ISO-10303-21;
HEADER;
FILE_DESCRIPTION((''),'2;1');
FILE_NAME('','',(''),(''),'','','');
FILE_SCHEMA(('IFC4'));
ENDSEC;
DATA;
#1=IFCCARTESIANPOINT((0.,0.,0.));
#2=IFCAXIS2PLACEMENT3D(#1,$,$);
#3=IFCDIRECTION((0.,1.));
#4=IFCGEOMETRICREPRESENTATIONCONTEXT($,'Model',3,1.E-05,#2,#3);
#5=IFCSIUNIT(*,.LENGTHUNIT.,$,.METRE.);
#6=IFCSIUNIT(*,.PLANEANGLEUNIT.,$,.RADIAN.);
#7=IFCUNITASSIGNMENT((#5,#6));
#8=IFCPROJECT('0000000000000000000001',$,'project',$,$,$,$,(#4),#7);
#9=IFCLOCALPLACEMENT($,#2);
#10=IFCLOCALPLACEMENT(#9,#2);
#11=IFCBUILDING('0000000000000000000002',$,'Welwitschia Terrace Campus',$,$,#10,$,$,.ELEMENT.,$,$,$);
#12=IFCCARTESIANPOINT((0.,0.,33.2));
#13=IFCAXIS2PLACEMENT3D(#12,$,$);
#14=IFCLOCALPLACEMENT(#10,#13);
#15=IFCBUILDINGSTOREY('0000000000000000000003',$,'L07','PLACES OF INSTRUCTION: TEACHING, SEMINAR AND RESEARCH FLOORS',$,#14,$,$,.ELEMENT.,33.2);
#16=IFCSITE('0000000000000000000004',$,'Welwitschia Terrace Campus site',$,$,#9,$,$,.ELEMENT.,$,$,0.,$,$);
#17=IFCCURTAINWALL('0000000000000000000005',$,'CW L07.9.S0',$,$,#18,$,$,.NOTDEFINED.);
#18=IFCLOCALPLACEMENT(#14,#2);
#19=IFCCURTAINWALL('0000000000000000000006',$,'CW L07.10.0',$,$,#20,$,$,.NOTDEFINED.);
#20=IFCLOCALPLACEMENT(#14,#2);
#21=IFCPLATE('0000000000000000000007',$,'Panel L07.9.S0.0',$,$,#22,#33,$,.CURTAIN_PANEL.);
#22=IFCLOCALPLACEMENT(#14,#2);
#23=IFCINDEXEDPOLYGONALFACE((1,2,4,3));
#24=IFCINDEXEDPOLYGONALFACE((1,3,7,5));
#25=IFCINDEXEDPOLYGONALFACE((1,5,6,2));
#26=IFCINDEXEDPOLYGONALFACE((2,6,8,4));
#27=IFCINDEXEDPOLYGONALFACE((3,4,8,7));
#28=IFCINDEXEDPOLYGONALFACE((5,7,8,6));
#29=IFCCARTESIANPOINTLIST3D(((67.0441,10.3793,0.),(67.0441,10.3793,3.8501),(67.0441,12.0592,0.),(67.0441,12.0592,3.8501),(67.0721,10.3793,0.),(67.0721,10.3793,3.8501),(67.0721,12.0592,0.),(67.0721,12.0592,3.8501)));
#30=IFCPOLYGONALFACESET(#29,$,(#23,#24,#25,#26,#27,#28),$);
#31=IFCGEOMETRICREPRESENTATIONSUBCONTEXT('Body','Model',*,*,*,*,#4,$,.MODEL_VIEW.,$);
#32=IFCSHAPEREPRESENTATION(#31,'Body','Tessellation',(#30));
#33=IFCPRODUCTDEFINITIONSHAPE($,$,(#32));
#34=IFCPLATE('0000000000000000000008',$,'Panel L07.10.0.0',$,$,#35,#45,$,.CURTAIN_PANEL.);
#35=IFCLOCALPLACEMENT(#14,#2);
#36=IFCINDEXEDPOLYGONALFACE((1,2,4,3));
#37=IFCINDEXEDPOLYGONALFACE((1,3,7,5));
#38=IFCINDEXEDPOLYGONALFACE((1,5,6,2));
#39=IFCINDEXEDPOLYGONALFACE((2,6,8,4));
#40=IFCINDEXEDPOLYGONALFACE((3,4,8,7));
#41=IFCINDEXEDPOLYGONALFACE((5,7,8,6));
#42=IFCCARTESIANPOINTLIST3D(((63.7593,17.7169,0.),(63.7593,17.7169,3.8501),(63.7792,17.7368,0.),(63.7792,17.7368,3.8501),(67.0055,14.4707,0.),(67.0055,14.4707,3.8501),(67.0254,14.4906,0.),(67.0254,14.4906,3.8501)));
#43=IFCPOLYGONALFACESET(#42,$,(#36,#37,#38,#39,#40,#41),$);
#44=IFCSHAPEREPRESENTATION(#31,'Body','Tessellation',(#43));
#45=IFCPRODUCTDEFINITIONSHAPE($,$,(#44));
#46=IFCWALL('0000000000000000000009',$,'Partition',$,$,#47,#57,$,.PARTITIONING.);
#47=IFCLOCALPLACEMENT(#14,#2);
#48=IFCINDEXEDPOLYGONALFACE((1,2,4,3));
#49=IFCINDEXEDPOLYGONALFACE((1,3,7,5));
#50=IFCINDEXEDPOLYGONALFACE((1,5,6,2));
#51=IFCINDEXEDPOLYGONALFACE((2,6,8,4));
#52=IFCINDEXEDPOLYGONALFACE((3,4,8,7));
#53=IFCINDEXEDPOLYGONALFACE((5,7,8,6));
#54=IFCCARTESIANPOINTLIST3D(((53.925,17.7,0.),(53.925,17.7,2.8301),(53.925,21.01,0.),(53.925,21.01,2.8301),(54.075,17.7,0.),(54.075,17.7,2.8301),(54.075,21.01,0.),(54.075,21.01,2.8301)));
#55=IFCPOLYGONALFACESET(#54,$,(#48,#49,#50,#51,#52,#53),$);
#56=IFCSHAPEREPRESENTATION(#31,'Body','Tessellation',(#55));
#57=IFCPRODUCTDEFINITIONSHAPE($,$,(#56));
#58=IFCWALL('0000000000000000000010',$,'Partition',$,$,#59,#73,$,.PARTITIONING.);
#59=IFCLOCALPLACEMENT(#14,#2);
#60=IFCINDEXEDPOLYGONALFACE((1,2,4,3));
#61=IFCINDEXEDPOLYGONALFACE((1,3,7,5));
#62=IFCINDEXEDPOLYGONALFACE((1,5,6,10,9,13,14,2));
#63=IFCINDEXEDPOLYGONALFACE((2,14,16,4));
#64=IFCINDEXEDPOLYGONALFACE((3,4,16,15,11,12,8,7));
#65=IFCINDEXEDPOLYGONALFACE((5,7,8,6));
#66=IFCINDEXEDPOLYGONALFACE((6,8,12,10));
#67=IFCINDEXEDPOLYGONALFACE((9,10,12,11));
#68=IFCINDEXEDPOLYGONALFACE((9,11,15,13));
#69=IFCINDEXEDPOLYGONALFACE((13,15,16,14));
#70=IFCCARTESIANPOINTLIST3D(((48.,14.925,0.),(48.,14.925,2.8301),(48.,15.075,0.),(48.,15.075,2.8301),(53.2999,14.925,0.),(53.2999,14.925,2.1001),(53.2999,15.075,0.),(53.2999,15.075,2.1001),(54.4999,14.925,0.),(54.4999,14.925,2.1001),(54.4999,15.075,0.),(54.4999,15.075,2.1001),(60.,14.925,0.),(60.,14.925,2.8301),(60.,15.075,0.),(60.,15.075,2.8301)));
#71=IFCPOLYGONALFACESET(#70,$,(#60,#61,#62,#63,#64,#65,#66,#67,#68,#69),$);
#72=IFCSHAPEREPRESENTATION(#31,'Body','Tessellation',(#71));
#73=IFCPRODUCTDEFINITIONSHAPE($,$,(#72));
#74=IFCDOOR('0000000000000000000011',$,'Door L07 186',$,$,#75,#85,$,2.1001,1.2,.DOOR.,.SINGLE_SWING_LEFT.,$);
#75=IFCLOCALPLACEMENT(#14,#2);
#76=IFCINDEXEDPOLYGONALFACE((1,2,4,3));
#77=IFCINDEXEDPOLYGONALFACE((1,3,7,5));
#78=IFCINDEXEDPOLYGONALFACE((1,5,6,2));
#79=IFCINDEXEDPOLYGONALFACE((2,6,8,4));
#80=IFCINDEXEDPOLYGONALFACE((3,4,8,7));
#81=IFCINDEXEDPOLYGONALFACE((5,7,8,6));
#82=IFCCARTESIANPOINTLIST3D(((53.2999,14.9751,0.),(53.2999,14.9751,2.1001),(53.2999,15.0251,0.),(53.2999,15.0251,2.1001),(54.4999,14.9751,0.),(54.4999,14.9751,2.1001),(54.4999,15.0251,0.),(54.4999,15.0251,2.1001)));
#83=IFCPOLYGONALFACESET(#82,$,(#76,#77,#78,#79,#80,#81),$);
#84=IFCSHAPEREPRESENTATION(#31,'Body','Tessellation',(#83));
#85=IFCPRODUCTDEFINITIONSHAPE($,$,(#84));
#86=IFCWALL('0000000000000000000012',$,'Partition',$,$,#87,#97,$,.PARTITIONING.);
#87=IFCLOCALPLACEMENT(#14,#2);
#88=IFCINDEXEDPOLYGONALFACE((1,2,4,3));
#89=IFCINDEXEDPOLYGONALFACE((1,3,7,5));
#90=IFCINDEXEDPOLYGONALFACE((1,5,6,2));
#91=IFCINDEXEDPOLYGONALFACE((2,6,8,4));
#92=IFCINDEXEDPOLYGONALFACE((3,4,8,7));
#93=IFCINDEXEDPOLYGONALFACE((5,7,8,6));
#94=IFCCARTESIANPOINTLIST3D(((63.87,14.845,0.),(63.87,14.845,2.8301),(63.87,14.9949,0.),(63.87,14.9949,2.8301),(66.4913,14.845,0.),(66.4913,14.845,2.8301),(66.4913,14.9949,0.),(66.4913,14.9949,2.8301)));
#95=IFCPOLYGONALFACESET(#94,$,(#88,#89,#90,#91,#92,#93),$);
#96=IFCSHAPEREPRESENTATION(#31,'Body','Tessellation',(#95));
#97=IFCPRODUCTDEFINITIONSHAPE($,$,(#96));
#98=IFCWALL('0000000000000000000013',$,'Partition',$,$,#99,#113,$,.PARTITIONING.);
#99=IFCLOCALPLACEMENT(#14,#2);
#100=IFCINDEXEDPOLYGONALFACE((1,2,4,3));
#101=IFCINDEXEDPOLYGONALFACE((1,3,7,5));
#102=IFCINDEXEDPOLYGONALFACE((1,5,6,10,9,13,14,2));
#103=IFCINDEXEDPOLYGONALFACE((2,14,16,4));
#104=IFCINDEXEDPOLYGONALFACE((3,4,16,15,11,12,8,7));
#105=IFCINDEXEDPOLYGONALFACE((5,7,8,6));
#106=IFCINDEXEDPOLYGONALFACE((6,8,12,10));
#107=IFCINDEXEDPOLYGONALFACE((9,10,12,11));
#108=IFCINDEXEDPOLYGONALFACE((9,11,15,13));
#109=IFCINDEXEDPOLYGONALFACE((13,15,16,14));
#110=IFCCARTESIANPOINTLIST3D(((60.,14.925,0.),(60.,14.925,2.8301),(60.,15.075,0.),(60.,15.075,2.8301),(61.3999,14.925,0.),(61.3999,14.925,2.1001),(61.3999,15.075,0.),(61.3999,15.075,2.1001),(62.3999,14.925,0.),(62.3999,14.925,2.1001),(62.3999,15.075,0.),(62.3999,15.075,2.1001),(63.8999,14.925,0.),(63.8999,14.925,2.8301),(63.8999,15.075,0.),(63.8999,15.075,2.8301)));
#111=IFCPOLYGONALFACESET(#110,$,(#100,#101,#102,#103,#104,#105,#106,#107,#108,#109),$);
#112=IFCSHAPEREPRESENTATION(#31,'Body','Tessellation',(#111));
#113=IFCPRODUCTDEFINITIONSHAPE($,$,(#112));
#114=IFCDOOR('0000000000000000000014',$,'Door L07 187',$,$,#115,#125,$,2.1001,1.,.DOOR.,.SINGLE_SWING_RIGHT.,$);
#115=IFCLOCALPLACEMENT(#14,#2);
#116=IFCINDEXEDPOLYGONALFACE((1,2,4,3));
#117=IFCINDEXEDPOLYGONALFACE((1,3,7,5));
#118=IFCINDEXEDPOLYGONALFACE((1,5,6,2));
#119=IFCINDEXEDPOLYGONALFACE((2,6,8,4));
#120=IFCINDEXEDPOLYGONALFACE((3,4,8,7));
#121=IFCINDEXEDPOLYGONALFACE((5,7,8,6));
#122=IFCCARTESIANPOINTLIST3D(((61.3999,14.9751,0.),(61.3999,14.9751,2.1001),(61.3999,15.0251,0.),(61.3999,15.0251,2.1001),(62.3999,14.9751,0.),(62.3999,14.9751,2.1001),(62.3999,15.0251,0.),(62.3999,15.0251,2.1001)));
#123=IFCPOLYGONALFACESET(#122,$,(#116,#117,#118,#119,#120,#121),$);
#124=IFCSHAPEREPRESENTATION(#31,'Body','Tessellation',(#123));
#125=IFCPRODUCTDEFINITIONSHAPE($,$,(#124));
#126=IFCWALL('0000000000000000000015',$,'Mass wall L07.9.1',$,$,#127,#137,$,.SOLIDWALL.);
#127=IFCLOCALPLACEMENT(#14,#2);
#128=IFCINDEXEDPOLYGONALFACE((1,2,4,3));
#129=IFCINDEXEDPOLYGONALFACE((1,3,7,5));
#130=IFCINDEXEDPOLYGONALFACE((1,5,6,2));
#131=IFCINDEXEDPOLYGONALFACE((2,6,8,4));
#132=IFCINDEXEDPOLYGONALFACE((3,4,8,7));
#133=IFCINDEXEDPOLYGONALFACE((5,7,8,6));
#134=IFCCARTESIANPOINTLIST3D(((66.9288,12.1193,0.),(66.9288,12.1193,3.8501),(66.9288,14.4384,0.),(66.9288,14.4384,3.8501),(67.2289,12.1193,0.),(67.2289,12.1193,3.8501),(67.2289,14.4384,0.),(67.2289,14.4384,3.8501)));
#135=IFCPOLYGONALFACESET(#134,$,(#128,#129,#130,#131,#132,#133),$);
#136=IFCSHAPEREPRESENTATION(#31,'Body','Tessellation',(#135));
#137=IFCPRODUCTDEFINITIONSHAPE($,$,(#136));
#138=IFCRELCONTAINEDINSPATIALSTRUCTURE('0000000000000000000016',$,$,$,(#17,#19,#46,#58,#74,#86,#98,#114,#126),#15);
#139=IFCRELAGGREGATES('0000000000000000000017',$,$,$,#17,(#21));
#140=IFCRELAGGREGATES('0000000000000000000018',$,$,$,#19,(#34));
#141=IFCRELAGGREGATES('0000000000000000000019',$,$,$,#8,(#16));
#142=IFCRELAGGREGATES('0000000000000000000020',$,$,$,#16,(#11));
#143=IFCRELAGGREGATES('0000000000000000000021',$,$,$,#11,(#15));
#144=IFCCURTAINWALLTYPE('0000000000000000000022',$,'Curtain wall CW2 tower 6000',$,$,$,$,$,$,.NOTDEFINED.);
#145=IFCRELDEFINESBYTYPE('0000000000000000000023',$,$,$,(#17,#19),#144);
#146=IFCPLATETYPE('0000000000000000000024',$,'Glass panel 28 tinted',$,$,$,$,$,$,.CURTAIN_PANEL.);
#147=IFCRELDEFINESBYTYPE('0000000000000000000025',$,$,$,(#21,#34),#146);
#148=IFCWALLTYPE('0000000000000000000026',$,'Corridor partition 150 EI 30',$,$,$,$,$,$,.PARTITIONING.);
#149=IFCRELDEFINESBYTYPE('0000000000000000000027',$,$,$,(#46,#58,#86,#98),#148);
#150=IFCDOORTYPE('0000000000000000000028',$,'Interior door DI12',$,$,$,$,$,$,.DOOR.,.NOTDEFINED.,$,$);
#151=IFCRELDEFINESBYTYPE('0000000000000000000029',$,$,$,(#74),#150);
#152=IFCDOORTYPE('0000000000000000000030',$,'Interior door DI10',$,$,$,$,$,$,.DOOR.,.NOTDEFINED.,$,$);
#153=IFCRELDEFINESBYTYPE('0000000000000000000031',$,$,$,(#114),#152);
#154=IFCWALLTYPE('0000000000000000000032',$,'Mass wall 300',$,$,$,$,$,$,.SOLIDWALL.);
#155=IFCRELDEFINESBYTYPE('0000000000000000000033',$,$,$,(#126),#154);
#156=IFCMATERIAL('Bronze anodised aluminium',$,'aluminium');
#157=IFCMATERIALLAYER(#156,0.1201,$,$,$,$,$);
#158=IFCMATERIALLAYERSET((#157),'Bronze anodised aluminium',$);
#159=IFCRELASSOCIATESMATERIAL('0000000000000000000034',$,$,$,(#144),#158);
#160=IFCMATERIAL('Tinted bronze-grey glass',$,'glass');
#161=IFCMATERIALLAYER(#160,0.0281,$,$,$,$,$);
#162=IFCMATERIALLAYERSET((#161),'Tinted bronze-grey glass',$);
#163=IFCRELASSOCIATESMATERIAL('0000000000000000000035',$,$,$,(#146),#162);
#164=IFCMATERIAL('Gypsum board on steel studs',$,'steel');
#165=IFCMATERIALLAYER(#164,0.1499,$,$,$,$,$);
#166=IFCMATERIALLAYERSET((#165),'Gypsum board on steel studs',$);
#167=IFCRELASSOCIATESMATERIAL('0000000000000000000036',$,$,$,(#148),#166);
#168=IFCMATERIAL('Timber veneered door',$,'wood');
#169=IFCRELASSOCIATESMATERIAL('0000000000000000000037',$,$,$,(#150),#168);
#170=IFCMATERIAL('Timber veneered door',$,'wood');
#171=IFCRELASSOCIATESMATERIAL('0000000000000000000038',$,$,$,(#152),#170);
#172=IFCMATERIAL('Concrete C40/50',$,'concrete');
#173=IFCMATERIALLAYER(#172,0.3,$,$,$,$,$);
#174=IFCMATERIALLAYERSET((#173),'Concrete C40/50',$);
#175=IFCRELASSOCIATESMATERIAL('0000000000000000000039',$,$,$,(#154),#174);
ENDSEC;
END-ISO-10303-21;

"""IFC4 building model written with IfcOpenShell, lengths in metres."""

from ifc_helpers import new_model, si_unit, direction, frame, frame_2d, origin, origin_2d, place, context, subcontext, project, spatial, rectangle, extrude, material, layer, layer_set, type_object, element, fill, aggregate, save


model = new_model("IFC4")

# Units and contexts
model_context = context("Model", 3, precision=1e-05, world=origin(), true_north=direction((0.0, 1.0)))
body_context = subcontext(model_context, "Body", "Model", "MODEL_VIEW")
ifc_project = project(units=[si_unit("LENGTHUNIT", "METRE"), si_unit("PLANEANGLEUNIT", "RADIAN")], contexts=[model_context])

# Site, building, storey
site_placement = place(None, origin())
site = spatial("IfcSite", under=ifc_project, at=site_placement, Name="Welwitschia Terrace Campus site", CompositionType="ELEMENT", RefElevation=0.0)
building_placement = place(site_placement, origin())
building = spatial("IfcBuilding", under=site, at=building_placement, Name="Welwitschia Terrace Campus", CompositionType="ELEMENT")
storey_placement = place(building_placement, frame((0.0, 0.0, 33.2)))
storey = spatial("IfcBuildingStorey", under=building, at=storey_placement, Name="L07", Description="PLACES OF INSTRUCTION: TEACHING, SEMINAR AND RESEARCH FLOORS", CompositionType="ELEMENT", Elevation=33.2)

# Curtain wall
ifc_material_1 = material(Name="Bronze anodised aluminium", Category="aluminium")
ifc_layer_1 = layer(ifc_material_1, 0.1201)
ifc_layer_set_1 = layer_set([ifc_layer_1], Name="Bronze anodised aluminium")
curtain_wall_type = type_object("IfcCurtainWallType", Name="Curtain wall CW2 tower 6000", PredefinedType="NOTDEFINED", material=ifc_layer_set_1)
curtain_wall_1_placement = place(storey_placement, origin())
curtain_wall_1 = element("IfcCurtainWall", 1, at=curtain_wall_1_placement, inside=storey, type_object=curtain_wall_type, Name="CW L07.9.S0", PredefinedType="NOTDEFINED")

# Curtain wall
curtain_wall_2_placement = place(storey_placement, origin())
curtain_wall_2 = element("IfcCurtainWall", 2, at=curtain_wall_2_placement, inside=storey, type_object=curtain_wall_type, Name="CW L07.10.0", PredefinedType="NOTDEFINED")

# Plates
ifc_material_2 = material(Name="Tinted bronze-grey glass", Category="glass")
ifc_layer_2 = layer(ifc_material_2, 0.0281)
ifc_layer_set_2 = layer_set([ifc_layer_2], Name="Tinted bronze-grey glass")
plate_type = type_object("IfcPlateType", Name="Glass panel 28 tinted", PredefinedType="CURTAIN_PANEL", material=ifc_layer_set_2)
plate_1_placement = place(storey_placement, frame((67.0581, 11.2192, 0.0), z_axis=(0.0, 0.0, 1.0), x_axis=(0.0, 1.0, 0.0)))
plate_1 = element("IfcPlate", 3, at=plate_1_placement, type_object=plate_type, Name="Panel L07.9.S0.0", PredefinedType="CURTAIN_PANEL", context=body_context, shape_type="SweptSolid", body=[
    extrude(rectangle(XDim=1.6799, YDim=0.0281, at=origin_2d()), origin(), (0.0, 0.0, 1.0), 3.8501),
])
aggregate(curtain_wall_1, [plate_1])
plate_2_placement = place(storey_placement, frame((65.3923, 16.1038, 0.0), z_axis=(0.0, 0.0, 1.0), x_axis=(-0.707107, 0.707107, 0.0)))
plate_2 = element("IfcPlate", 4, at=plate_2_placement, type_object=plate_type, Name="Panel L07.10.0.0", PredefinedType="CURTAIN_PANEL", context=body_context, shape_type="SweptSolid", body=[
    extrude(rectangle(XDim=4.5908, YDim=0.0281, at=origin_2d()), origin(), (0.0, 0.0, 1.0), 3.8501),
])
aggregate(curtain_wall_2, [plate_2])

# Wall
ifc_material_3 = material(Name="Gypsum board on steel studs", Category="steel")
ifc_layer_3 = layer(ifc_material_3, 0.1499)
ifc_layer_set_3 = layer_set([ifc_layer_3], Name="Gypsum board on steel studs")
wall_type_1 = type_object("IfcWallType", Name="Corridor partition 150 EI 30", PredefinedType="PARTITIONING", material=ifc_layer_set_3)
wall_1_placement = place(storey_placement, frame((54.0, 17.7, 0.0), z_axis=(0.0, 0.0, 1.0), x_axis=(0.0, 1.0, 0.0)))
element("IfcWall", 5, at=wall_1_placement, inside=storey, type_object=wall_type_1, Name="Partition", PredefinedType="PARTITIONING", context=body_context, shape_type="SweptSolid", body=[
    extrude(rectangle(XDim=3.3101, YDim=0.1499, at=frame_2d((1.655, 0.0))), origin(), (0.0, 0.0, 1.0), 2.8301),
])

# Wall, opening, door
wall_2_placement = place(storey_placement, frame((60.0, 15.0, 0.0), z_axis=(0.0, 0.0, 1.0), x_axis=(-1.0, 0.0, 0.0)))
wall_2 = element("IfcWall", 6, at=wall_2_placement, inside=storey, type_object=wall_type_1, Name="Partition", PredefinedType="PARTITIONING", context=body_context, shape_type="SweptSolid", body=[
    extrude(rectangle(XDim=12.0, YDim=0.1499, at=frame_2d((6.0, 0.0))), origin(), (0.0, 0.0, 1.0), 2.8301),
])
opening_1_placement = place(wall_2_placement, frame((5.5, 0.0, 0.0)))
opening_1 = element("IfcOpeningElement", 7, at=opening_1_placement, cuts=wall_2, PredefinedType="OPENING", context=body_context, shape_type="SweptSolid", body=[
    extrude(rectangle(XDim=1.2, YDim=2.1001, at=frame_2d((0.6001, 1.05))), frame((0.0, 0.085, 0.0), z_axis=(0.0, -1.0, 0.0), x_axis=(1.0, 0.0, 0.0)), (0.0, 0.0, 1.0), 0.1699),
])
ifc_material_4 = material(Name="Timber veneered door", Category="wood")
door_type_1 = type_object("IfcDoorType", Name="Interior door DI12", OperationType="NOTDEFINED", PredefinedType="DOOR", material=ifc_material_4)
door_1_placement = place(opening_1_placement, origin())
door_1 = element("IfcDoor", 8, at=door_1_placement, inside=storey, type_object=door_type_1, Name="Door L07 186", OperationType="SINGLE_SWING_LEFT", OverallHeight=2.1001, OverallWidth=1.2, PredefinedType="DOOR", context=body_context, shape_type="SweptSolid", body=[
    extrude(rectangle(XDim=1.2, YDim=2.1001, at=frame_2d((0.6001, 1.05))), frame((0.0, 0.0249, 0.0), z_axis=(0.0, -1.0, 0.0), x_axis=(1.0, 0.0, 0.0)), (0.0, 0.0, 1.0), 0.05),
])
fill(opening_1, door_1)

# Wall
wall_3_placement = place(storey_placement, frame((63.8701, 14.9199, 0.0), z_axis=(0.0, 0.0, 1.0), x_axis=(1.0, 0.0, 0.0)))
element("IfcWall", 9, at=wall_3_placement, inside=storey, type_object=wall_type_1, Name="Partition", PredefinedType="PARTITIONING", context=body_context, shape_type="SweptSolid", body=[
    extrude(rectangle(XDim=2.6213, YDim=0.1499, at=frame_2d((1.3105, 0.0))), origin(), (0.0, 0.0, 1.0), 2.8301),
])

# Wall, opening, door
wall_4_placement = place(storey_placement, frame((63.8999, 15.0, 0.0), z_axis=(0.0, 0.0, 1.0), x_axis=(-1.0, 0.0, 0.0)))
wall_4 = element("IfcWall", 10, at=wall_4_placement, inside=storey, type_object=wall_type_1, Name="Partition", PredefinedType="PARTITIONING", context=body_context, shape_type="SweptSolid", body=[
    extrude(rectangle(XDim=3.8999, YDim=0.1499, at=frame_2d((1.95, 0.0))), origin(), (0.0, 0.0, 1.0), 2.8301),
])
opening_2_placement = place(wall_4_placement, frame((1.5, 0.0, 0.0)))
opening_2 = element("IfcOpeningElement", 11, at=opening_2_placement, cuts=wall_4, PredefinedType="OPENING", context=body_context, shape_type="SweptSolid", body=[
    extrude(rectangle(XDim=1.0, YDim=2.1001, at=frame_2d((0.5, 1.05))), frame((0.0, 0.085, 0.0), z_axis=(0.0, -1.0, 0.0), x_axis=(1.0, 0.0, 0.0)), (0.0, 0.0, 1.0), 0.1699),
])
ifc_material_5 = material(Name="Timber veneered door", Category="wood")
door_type_2 = type_object("IfcDoorType", Name="Interior door DI10", OperationType="NOTDEFINED", PredefinedType="DOOR", material=ifc_material_5)
door_2_placement = place(opening_2_placement, origin())
door_2 = element("IfcDoor", 12, at=door_2_placement, inside=storey, type_object=door_type_2, Name="Door L07 187", OperationType="SINGLE_SWING_RIGHT", OverallHeight=2.1001, OverallWidth=1.0, PredefinedType="DOOR", context=body_context, shape_type="SweptSolid", body=[
    extrude(rectangle(XDim=1.0, YDim=2.1001, at=frame_2d((0.5, 1.05))), frame((0.0, 0.0249, 0.0), z_axis=(0.0, -1.0, 0.0), x_axis=(1.0, 0.0, 0.0)), (0.0, 0.0, 1.0), 0.05),
])
fill(opening_2, door_2)

# Wall
ifc_material_6 = material(Name="Concrete C40/50", Category="concrete")
ifc_layer_4 = layer(ifc_material_6, 0.3)
ifc_layer_set_4 = layer_set([ifc_layer_4], Name="Concrete C40/50")
wall_type_2 = type_object("IfcWallType", Name="Mass wall 300", PredefinedType="SOLIDWALL", material=ifc_layer_set_4)
wall_5_placement = place(storey_placement, frame((67.0789, 12.1191, 0.0), z_axis=(0.0, 0.0, 1.0), x_axis=(0.0, 1.0, 0.0)))
element("IfcWall", 13, at=wall_5_placement, inside=storey, type_object=wall_type_2, Name="Mass wall L07.9.1", PredefinedType="SOLIDWALL", context=body_context, shape_type="SweptSolid", body=[
    extrude(rectangle(XDim=2.3191, YDim=0.3, at=frame_2d((1.1597, 0.0))), origin(), (0.0, 0.0, 1.0), 3.8501),
])

save(model, "model.ifc")
